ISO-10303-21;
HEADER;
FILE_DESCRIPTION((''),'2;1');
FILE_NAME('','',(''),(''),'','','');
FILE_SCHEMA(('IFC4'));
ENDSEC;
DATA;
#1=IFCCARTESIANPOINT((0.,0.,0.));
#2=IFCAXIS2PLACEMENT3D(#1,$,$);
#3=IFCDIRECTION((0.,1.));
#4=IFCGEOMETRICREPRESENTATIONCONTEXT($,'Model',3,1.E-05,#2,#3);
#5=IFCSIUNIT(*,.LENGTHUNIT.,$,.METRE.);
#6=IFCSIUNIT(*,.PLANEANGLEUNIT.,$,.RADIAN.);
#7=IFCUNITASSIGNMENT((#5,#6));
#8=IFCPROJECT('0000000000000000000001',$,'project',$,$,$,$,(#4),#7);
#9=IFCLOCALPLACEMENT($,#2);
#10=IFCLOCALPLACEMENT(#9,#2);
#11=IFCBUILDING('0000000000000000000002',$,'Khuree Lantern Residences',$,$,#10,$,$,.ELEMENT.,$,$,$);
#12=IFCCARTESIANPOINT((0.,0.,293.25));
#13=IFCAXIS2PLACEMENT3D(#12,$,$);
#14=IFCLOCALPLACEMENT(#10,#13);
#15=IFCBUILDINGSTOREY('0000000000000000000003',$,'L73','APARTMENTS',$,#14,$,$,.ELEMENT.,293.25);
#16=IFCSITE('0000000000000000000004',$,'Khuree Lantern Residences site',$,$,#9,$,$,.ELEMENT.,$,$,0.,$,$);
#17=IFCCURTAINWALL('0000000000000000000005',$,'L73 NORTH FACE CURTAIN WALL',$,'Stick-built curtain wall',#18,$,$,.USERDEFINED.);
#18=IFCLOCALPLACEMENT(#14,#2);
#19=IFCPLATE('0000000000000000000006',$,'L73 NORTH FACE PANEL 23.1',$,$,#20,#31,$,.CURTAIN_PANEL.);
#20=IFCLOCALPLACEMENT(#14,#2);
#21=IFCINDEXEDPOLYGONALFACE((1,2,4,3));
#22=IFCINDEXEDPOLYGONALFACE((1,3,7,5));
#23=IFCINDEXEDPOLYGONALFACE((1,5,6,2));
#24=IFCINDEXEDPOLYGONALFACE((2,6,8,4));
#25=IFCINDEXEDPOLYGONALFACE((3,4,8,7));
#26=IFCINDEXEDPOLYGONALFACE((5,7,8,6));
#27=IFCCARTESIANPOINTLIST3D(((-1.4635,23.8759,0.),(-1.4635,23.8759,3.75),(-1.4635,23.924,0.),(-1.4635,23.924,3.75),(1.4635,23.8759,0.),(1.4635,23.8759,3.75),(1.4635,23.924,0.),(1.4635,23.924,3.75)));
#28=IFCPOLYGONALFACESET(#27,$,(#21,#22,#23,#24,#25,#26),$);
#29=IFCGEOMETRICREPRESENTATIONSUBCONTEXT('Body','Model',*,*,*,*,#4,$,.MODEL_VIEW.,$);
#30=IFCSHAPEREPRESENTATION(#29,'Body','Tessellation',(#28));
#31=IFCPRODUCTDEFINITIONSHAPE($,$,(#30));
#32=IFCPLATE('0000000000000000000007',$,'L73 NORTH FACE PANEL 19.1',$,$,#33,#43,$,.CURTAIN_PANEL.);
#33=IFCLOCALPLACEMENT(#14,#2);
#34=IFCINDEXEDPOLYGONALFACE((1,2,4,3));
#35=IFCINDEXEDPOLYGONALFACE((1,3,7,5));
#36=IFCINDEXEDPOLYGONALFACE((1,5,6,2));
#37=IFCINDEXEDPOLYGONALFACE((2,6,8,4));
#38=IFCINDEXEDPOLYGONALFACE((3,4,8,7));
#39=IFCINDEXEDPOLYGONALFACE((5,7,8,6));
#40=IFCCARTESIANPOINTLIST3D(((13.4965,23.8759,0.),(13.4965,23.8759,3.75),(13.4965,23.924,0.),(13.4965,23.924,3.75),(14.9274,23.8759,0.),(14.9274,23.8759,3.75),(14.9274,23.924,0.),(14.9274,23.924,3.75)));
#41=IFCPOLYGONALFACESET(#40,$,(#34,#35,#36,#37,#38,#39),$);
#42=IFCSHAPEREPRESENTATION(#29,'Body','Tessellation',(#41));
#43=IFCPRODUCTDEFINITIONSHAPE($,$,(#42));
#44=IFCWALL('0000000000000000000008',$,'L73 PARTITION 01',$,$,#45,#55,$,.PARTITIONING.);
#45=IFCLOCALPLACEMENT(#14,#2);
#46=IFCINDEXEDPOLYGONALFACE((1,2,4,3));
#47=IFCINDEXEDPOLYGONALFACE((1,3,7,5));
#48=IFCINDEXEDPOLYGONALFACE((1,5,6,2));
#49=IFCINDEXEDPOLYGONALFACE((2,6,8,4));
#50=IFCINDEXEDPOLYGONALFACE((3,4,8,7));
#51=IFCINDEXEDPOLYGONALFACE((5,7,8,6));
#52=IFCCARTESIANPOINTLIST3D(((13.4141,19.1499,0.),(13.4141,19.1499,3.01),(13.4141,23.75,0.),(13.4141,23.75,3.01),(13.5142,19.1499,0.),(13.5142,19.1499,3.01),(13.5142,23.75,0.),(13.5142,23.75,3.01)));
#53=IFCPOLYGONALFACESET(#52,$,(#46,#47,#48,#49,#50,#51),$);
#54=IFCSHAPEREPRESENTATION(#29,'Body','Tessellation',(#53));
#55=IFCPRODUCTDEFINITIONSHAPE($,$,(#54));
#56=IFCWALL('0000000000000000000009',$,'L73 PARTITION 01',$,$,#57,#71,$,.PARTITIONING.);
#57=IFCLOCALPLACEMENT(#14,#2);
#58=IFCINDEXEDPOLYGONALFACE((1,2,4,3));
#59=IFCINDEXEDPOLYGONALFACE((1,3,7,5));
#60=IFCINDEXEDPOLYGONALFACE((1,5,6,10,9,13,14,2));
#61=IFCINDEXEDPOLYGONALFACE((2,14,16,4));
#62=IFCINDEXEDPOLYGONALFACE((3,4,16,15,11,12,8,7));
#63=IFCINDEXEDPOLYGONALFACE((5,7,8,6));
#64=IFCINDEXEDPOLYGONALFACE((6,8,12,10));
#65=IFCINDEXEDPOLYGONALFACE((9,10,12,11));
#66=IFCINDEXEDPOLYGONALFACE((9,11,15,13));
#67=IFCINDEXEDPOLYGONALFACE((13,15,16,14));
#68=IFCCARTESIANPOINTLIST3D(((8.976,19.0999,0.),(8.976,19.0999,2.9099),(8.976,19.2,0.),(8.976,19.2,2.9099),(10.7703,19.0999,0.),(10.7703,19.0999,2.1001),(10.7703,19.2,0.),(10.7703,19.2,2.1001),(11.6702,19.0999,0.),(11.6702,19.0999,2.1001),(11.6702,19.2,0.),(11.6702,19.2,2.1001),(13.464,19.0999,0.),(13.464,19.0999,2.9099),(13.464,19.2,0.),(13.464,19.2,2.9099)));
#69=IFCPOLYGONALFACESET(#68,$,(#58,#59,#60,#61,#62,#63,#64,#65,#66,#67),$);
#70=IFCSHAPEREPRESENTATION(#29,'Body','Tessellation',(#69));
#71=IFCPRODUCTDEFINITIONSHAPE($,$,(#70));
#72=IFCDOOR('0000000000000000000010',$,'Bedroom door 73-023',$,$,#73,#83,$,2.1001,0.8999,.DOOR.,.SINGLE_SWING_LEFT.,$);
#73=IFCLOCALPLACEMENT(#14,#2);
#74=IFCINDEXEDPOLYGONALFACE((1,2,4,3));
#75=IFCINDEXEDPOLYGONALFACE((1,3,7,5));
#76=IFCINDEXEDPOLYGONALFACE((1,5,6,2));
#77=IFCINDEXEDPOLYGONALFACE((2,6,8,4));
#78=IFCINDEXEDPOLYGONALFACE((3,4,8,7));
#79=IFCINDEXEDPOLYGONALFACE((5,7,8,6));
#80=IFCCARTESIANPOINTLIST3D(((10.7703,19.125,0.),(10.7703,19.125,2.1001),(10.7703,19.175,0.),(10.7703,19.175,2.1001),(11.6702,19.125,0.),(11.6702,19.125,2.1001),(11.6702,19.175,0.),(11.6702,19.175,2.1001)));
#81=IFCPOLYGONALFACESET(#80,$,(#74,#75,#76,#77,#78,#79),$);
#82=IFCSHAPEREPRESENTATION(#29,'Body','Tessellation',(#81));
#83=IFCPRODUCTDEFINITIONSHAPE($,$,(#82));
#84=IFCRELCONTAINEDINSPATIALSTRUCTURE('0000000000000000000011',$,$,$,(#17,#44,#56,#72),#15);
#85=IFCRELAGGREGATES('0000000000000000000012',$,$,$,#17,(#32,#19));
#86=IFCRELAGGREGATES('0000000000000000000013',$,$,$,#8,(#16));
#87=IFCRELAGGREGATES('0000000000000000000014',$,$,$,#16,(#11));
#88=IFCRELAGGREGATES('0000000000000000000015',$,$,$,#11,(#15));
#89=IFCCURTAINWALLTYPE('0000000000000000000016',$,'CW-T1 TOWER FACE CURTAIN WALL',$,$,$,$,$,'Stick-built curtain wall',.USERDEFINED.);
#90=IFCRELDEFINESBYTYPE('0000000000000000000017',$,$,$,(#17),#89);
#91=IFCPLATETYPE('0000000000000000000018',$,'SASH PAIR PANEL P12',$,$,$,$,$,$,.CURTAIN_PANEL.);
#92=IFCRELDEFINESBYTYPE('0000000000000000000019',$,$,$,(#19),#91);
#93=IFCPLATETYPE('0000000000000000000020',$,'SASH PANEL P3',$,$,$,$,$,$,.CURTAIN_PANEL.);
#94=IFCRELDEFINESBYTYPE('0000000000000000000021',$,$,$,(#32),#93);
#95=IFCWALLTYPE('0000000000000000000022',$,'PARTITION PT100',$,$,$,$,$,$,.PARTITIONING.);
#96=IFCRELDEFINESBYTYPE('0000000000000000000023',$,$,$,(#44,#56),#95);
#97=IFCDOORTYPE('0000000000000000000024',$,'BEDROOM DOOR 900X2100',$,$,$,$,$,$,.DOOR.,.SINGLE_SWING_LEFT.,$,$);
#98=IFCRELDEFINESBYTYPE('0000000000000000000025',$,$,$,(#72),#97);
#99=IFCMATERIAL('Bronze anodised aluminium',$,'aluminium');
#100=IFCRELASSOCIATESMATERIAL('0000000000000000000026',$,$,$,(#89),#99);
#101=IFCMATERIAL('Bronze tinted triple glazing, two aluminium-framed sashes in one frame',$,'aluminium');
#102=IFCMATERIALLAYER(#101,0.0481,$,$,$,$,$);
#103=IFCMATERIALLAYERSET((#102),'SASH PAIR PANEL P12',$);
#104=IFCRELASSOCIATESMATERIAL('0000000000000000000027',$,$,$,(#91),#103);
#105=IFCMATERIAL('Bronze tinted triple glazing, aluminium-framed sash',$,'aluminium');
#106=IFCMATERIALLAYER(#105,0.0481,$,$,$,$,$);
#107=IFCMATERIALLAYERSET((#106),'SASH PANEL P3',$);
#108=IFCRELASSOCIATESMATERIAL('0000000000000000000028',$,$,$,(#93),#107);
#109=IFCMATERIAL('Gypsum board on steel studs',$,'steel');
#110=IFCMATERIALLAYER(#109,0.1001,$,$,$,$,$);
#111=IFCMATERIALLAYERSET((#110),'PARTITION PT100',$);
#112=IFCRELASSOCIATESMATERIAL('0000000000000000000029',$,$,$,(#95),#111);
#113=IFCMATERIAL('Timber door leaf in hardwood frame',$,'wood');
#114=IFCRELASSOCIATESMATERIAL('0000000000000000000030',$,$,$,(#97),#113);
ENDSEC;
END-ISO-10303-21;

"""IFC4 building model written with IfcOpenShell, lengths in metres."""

from ifc_helpers import new_model, si_unit, direction, frame, frame_2d, origin, origin_2d, place, context, subcontext, project, spatial, rectangle, extrude, material, layer, layer_set, type_object, element, fill, aggregate, save


model = new_model("IFC4")

# Units and contexts
model_context = context("Model", 3, precision=1e-05, world=origin(), true_north=direction((0.0, 1.0)))
body_context = subcontext(model_context, "Body", "Model", "MODEL_VIEW")
ifc_project = project(units=[si_unit("LENGTHUNIT", "METRE"), si_unit("PLANEANGLEUNIT", "RADIAN")], contexts=[model_context])

# Site, building, storey
site_placement = place(None, origin())
site = spatial("IfcSite", under=ifc_project, at=site_placement, Name="Khuree Lantern Residences site", CompositionType="ELEMENT", RefElevation=0.0)
building_placement = place(site_placement, origin())
building = spatial("IfcBuilding", under=site, at=building_placement, Name="Khuree Lantern Residences", CompositionType="ELEMENT")
storey_placement = place(building_placement, frame((0.0, 0.0, 293.25)))
storey = spatial("IfcBuildingStorey", under=building, at=storey_placement, Name="L73", Description="APARTMENTS", CompositionType="ELEMENT", Elevation=293.25)

# Curtain wall
ifc_material_1 = material(Name="Bronze anodised aluminium", Category="aluminium")
curtain_wall_type = type_object("IfcCurtainWallType", Name="CW-T1 TOWER FACE CURTAIN WALL", ElementType="Stick-built curtain wall", PredefinedType="USERDEFINED", material=ifc_material_1)
curtain_wall_placement = place(storey_placement, origin())
curtain_wall = element("IfcCurtainWall", 1, at=curtain_wall_placement, inside=storey, type_object=curtain_wall_type, Name="L73 NORTH FACE CURTAIN WALL", ObjectType="Stick-built curtain wall", PredefinedType="USERDEFINED")

# Plates
ifc_material_2 = material(Name="Bronze tinted triple glazing, two aluminium-framed sashes in one frame", Category="aluminium")
ifc_layer_1 = layer(ifc_material_2, 0.0481)
ifc_layer_set_1 = layer_set([ifc_layer_1], Name="SASH PAIR PANEL P12")
plate_type_1 = type_object("IfcPlateType", Name="SASH PAIR PANEL P12", PredefinedType="CURTAIN_PANEL", material=ifc_layer_set_1)
plate_1_placement = place(storey_placement, frame((0.0, 23.8999, 0.0), z_axis=(0.0, 0.0, 1.0), x_axis=(-1.0, 0.0, 0.0)))
plate_1 = element("IfcPlate", 2, at=plate_1_placement, type_object=plate_type_1, Name="L73 NORTH FACE PANEL 23.1", PredefinedType="CURTAIN_PANEL", context=body_context, shape_type="SweptSolid", body=[
    extrude(rectangle(XDim=2.927, YDim=0.0481, at=origin_2d()), origin(), (0.0, 0.0, 1.0), 3.75),
])
ifc_material_3 = material(Name="Bronze tinted triple glazing, aluminium-framed sash", Category="aluminium")
ifc_layer_2 = layer(ifc_material_3, 0.0481)
ifc_layer_set_2 = layer_set([ifc_layer_2], Name="SASH PANEL P3")
plate_type_2 = type_object("IfcPlateType", Name="SASH PANEL P3", PredefinedType="CURTAIN_PANEL", material=ifc_layer_set_2)
plate_2_placement = place(storey_placement, frame((14.2119, 23.8999, 0.0), z_axis=(0.0, 0.0, 1.0), x_axis=(-1.0, 0.0, 0.0)))
plate_2 = element("IfcPlate", 3, at=plate_2_placement, type_object=plate_type_2, Name="L73 NORTH FACE PANEL 19.1", PredefinedType="CURTAIN_PANEL", context=body_context, shape_type="SweptSolid", body=[
    extrude(rectangle(XDim=1.4309, YDim=0.0481, at=origin_2d()), origin(), (0.0, 0.0, 1.0), 3.75),
])
aggregate(curtain_wall, [plate_2, plate_1])

# Wall
ifc_material_4 = material(Name="Gypsum board on steel studs", Category="steel")
ifc_layer_3 = layer(ifc_material_4, 0.1001)
ifc_layer_set_3 = layer_set([ifc_layer_3], Name="PARTITION PT100")
wall_type = type_object("IfcWallType", Name="PARTITION PT100", PredefinedType="PARTITIONING", material=ifc_layer_set_3)
wall_1_placement = place(storey_placement, frame((13.4641, 19.1499, 0.0), z_axis=(0.0, 0.0, 1.0), x_axis=(0.0, 1.0, 0.0)))
element("IfcWall", 4, at=wall_1_placement, inside=storey, type_object=wall_type, Name="L73 PARTITION 01", PredefinedType="PARTITIONING", context=body_context, shape_type="SweptSolid", body=[
    extrude(rectangle(XDim=4.6001, YDim=0.1001, at=frame_2d((2.3, 0.0))), origin(), (0.0, 0.0, 1.0), 3.01),
])

# Wall, opening, door
wall_2_placement = place(storey_placement, frame((13.4641, 19.1499, 0.0), z_axis=(0.0, 0.0, 1.0), x_axis=(-1.0, 0.0, 0.0)))
wall_2 = element("IfcWall", 5, at=wall_2_placement, inside=storey, type_object=wall_type, Name="L73 PARTITION 01", PredefinedType="PARTITIONING", context=body_context, shape_type="SweptSolid", body=[
    extrude(rectangle(XDim=4.488, YDim=0.1001, at=frame_2d((2.2441, 0.0))), origin(), (0.0, 0.0, 1.0), 2.9099),
])
opening_placement = place(wall_2_placement, frame((1.7939, 0.0, 0.0)))
opening = element("IfcOpeningElement", 6, at=opening_placement, cuts=wall_2, PredefinedType="OPENING", context=body_context, shape_type="SweptSolid", body=[
    extrude(rectangle(XDim=0.8999, YDim=2.1001, at=frame_2d((0.45, 1.05))), frame((0.0, 0.0601, 0.0), z_axis=(0.0, -1.0, 0.0), x_axis=(1.0, 0.0, 0.0)), (0.0, 0.0, 1.0), 0.1201),
])
ifc_material_5 = material(Name="Timber door leaf in hardwood frame", Category="wood")
door_type = type_object("IfcDoorType", Name="BEDROOM DOOR 900X2100", OperationType="SINGLE_SWING_LEFT", PredefinedType="DOOR", material=ifc_material_5)
door_placement = place(opening_placement, origin())
door = element("IfcDoor", 7, at=door_placement, inside=storey, type_object=door_type, Name="Bedroom door 73-023", OperationType="SINGLE_SWING_LEFT", OverallHeight=2.1001, OverallWidth=0.8999, PredefinedType="DOOR", context=body_context, shape_type="SweptSolid", body=[
    extrude(rectangle(XDim=0.8999, YDim=2.1001, at=frame_2d((0.45, 1.05))), frame((0.0, 0.0249, 0.0), z_axis=(0.0, -1.0, 0.0), x_axis=(1.0, 0.0, 0.0)), (0.0, 0.0, 1.0), 0.05),
])
fill(opening, door)

save(model, "model.ifc")
